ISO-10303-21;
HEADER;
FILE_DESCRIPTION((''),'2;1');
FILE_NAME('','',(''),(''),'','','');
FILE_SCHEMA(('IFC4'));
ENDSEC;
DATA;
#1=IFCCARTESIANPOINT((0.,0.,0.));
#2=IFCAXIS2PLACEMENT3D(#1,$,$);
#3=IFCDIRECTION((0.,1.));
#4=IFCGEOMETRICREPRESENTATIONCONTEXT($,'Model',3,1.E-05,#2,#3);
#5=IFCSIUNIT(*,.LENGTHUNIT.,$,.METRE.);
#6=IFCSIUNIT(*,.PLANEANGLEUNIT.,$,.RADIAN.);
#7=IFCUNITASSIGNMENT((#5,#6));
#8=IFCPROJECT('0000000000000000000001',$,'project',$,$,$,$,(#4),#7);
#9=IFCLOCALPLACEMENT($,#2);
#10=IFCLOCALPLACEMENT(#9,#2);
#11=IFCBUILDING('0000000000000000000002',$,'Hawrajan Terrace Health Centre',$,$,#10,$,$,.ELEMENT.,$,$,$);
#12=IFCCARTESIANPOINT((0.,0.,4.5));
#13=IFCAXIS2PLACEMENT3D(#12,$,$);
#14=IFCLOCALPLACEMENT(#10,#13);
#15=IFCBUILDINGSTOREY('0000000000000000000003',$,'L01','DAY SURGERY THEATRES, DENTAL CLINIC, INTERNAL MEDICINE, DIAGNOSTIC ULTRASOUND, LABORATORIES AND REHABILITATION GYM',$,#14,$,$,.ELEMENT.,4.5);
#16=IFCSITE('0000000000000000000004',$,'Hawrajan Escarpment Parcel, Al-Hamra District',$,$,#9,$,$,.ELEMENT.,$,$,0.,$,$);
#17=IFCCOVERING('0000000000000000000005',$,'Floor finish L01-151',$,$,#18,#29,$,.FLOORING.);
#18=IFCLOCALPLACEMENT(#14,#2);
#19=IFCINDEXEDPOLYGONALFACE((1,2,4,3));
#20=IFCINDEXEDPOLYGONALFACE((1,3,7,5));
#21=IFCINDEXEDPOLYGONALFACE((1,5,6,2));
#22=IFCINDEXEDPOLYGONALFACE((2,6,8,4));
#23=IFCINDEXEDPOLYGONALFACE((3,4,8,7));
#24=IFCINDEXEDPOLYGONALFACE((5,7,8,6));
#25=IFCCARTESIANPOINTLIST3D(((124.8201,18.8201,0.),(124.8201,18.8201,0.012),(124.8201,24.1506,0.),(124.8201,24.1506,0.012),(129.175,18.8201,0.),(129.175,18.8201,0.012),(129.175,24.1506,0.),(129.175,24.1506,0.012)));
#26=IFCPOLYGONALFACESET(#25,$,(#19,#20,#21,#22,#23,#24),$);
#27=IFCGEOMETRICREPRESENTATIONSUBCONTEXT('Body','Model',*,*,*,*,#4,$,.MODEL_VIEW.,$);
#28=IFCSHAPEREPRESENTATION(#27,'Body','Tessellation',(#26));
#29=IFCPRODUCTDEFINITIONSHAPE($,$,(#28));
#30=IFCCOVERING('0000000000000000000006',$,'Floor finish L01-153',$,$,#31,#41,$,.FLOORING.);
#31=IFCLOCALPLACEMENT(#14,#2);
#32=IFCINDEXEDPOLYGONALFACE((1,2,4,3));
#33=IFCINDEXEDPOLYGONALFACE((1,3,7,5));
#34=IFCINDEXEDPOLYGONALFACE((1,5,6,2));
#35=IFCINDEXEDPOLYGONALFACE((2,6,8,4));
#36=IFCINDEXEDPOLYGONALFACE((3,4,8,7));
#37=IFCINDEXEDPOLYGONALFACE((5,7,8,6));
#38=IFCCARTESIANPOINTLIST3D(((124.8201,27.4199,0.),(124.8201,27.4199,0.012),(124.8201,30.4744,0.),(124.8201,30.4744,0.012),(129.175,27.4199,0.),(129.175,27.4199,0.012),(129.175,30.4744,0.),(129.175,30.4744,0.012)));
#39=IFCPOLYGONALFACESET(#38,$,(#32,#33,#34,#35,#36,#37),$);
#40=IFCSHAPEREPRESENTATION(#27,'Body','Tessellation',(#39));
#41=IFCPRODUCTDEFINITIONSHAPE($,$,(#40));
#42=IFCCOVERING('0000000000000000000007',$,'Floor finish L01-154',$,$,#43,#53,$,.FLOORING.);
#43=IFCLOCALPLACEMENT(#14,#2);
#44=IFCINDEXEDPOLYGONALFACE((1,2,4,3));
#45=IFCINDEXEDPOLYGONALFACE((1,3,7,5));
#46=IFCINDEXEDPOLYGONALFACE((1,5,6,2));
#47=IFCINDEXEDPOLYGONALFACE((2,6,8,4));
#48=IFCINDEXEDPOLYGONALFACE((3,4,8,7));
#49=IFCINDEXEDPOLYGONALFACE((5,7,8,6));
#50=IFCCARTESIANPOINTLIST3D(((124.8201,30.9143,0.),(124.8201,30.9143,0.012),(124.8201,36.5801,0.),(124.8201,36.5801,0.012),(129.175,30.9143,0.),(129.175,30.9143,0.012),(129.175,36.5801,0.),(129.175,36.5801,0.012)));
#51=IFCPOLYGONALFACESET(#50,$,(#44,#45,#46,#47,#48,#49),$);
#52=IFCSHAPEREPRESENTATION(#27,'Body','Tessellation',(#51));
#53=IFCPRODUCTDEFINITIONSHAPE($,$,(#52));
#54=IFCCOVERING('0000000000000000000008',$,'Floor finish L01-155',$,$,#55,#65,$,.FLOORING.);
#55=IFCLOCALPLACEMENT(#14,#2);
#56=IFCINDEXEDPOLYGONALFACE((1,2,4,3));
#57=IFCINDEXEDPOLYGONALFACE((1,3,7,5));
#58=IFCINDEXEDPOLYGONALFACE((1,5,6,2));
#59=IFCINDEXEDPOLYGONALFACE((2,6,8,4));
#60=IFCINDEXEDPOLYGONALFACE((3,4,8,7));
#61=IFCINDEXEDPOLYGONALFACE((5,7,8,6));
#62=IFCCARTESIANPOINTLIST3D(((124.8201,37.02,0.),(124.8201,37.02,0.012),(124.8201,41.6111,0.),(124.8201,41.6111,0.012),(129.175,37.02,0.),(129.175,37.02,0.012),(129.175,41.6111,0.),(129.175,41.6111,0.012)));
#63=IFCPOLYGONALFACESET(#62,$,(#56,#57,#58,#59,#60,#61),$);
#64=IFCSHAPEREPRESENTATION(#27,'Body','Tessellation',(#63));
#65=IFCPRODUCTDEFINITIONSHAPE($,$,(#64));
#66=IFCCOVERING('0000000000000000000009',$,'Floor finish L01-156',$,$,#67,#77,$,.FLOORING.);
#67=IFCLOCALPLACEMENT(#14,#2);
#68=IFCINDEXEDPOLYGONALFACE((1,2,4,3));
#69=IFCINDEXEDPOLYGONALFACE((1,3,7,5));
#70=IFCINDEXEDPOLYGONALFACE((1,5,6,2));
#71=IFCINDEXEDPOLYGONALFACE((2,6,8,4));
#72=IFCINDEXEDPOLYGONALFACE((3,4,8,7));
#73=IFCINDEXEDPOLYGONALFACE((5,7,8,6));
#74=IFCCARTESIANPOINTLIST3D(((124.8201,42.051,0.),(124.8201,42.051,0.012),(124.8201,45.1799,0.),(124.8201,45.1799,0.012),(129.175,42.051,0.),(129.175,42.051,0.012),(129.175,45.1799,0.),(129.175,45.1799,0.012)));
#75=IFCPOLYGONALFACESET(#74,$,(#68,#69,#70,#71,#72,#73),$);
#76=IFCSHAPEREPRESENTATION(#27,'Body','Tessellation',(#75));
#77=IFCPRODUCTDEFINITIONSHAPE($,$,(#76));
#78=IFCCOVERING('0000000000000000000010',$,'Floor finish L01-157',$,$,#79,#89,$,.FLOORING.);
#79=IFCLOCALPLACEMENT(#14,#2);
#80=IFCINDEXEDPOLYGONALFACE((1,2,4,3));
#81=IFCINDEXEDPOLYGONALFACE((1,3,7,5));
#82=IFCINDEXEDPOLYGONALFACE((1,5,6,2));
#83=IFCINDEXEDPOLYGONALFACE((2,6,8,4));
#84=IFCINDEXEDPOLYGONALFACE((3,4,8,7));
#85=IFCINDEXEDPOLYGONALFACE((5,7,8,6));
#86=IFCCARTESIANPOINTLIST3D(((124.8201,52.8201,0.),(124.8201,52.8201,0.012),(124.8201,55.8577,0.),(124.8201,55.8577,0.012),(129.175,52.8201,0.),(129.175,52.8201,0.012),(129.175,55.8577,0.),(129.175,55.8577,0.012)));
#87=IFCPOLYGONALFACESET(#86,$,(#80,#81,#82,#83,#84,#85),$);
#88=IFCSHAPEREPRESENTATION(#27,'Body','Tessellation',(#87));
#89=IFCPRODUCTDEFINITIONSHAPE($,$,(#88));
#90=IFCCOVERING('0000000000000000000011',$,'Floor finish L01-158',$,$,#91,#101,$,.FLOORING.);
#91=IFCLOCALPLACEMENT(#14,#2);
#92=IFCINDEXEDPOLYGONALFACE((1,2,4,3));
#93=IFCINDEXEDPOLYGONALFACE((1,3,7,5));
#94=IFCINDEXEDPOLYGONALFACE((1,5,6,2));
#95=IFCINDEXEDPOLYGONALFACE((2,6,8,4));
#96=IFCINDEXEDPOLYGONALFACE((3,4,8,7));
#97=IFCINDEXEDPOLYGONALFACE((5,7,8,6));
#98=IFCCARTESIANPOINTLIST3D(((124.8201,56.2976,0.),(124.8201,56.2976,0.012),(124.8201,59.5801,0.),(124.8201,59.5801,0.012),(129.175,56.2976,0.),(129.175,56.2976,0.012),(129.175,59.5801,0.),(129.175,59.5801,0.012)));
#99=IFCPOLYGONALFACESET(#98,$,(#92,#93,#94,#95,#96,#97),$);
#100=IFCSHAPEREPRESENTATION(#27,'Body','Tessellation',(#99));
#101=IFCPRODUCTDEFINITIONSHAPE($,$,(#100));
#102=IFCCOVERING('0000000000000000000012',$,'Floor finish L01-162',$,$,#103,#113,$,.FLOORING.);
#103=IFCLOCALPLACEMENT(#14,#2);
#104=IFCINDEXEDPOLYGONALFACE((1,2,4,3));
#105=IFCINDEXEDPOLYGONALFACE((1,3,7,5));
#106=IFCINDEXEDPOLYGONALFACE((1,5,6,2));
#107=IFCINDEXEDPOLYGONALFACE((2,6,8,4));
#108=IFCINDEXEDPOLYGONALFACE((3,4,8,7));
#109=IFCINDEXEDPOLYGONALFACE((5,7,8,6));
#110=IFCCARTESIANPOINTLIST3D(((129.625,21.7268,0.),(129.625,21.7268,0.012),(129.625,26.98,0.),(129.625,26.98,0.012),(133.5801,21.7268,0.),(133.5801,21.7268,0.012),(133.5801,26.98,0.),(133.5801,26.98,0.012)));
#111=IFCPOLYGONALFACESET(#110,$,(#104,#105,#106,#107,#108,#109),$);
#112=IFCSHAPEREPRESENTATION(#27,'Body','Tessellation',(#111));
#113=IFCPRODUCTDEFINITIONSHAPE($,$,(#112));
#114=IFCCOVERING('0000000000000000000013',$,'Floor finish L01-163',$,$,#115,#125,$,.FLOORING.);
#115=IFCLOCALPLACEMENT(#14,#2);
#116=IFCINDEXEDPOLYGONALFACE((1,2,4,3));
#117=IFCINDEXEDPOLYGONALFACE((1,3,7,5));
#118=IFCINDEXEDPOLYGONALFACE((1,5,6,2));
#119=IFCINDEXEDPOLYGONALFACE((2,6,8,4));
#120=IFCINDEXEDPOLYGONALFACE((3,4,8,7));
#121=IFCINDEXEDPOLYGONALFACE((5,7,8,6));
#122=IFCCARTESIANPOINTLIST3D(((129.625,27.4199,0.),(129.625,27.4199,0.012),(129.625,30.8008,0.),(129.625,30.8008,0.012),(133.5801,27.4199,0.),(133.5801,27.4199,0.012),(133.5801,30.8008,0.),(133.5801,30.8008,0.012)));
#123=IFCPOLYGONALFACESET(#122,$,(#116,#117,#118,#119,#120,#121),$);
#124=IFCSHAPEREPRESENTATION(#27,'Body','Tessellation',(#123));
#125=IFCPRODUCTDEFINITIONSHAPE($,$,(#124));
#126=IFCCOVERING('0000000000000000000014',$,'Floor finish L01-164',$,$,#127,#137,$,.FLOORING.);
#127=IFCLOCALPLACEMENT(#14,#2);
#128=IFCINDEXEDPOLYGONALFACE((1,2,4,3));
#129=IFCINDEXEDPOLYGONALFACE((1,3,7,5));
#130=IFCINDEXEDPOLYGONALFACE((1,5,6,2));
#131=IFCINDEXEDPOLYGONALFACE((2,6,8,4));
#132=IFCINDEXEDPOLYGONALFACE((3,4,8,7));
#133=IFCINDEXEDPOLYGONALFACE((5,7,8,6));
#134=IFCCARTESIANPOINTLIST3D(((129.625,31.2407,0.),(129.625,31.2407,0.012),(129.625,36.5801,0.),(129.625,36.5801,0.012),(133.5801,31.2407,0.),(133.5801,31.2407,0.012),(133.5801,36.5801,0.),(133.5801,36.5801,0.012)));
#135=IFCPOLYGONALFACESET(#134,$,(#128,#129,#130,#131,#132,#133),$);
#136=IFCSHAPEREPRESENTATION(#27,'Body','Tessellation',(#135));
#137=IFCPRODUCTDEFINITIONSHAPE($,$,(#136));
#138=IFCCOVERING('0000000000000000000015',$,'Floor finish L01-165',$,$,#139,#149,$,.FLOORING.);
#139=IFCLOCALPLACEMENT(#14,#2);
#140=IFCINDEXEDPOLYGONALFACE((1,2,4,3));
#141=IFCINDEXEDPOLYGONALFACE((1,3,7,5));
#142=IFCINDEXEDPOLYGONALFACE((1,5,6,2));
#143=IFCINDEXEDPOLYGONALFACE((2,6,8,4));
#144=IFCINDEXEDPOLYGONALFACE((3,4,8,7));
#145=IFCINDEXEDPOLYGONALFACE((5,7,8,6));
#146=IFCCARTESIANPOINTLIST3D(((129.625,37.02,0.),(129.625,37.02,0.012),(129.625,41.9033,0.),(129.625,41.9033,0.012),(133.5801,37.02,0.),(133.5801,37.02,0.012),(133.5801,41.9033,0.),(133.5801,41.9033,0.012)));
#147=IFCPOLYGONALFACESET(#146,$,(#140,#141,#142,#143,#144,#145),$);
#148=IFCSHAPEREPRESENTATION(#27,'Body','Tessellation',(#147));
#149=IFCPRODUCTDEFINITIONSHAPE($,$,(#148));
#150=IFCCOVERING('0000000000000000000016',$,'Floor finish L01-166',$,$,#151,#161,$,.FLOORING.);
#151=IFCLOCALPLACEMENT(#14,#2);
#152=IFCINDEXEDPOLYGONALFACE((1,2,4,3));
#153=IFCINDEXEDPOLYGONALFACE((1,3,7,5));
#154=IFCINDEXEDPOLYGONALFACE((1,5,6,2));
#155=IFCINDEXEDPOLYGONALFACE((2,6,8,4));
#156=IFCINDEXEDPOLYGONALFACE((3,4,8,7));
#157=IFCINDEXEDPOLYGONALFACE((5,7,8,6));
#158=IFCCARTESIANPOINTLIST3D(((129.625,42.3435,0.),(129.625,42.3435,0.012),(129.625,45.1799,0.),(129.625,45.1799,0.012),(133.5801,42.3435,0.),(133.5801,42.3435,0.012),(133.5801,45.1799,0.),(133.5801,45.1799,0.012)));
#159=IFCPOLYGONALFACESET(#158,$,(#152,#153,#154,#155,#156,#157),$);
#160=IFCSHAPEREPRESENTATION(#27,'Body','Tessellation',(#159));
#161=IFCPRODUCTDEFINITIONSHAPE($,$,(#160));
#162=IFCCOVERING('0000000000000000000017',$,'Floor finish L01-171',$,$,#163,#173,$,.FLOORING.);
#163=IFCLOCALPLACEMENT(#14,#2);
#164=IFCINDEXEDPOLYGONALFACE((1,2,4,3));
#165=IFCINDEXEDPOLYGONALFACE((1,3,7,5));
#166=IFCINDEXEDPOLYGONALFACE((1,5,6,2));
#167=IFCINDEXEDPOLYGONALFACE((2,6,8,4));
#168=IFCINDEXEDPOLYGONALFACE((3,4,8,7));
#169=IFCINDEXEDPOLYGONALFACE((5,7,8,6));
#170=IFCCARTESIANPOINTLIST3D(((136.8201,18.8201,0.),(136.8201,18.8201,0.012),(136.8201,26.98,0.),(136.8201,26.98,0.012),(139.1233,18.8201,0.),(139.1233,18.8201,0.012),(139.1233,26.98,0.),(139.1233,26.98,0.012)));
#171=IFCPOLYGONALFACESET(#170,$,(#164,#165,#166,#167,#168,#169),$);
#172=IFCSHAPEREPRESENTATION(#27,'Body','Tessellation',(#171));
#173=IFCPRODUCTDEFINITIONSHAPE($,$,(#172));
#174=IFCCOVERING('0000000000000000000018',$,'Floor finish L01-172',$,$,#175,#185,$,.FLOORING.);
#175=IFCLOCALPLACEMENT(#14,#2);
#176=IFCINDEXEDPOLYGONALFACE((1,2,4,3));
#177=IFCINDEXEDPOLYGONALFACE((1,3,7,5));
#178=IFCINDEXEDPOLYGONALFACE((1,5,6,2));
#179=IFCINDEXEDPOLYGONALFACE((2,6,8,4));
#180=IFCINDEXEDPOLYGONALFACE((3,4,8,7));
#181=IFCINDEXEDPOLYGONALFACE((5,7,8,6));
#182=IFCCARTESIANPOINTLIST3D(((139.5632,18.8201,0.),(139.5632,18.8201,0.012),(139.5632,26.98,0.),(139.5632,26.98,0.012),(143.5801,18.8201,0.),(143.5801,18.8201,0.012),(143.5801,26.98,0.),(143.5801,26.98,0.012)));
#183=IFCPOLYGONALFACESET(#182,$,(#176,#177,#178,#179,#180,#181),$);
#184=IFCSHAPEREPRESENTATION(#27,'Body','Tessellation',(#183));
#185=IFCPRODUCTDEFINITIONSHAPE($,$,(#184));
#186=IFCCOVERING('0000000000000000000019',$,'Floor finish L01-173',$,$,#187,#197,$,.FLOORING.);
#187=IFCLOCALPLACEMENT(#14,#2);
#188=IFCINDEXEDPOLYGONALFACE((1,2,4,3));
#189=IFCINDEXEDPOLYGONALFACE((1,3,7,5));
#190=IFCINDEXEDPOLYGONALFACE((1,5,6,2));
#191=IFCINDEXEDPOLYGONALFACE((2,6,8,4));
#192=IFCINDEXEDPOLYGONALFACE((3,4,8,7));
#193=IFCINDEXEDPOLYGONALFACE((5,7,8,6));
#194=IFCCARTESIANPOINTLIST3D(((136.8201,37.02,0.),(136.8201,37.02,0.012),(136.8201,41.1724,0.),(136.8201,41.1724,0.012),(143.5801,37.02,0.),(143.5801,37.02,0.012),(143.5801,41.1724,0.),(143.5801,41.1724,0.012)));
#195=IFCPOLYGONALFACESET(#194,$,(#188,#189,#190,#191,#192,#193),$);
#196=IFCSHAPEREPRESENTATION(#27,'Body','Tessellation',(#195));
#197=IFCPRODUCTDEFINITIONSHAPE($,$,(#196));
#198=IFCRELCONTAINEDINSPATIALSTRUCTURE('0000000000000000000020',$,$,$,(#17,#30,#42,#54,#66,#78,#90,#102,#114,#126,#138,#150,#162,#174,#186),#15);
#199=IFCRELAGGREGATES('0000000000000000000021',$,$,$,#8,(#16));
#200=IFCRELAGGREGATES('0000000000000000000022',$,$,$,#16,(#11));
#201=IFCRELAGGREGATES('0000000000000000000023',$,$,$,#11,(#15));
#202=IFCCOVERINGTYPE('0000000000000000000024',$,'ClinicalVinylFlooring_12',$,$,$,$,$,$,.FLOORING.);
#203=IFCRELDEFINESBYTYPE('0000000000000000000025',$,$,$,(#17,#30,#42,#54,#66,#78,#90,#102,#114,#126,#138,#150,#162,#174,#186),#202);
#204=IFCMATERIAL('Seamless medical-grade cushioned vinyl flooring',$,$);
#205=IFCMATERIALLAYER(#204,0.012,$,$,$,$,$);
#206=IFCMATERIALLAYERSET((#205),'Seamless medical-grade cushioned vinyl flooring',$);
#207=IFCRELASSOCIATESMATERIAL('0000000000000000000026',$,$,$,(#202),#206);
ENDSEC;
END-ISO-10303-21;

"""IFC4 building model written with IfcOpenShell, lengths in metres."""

from ifc_helpers import new_model, si_unit, direction, frame, origin, place, context, subcontext, project, spatial, polyline, outline, extrude, material, layer, layer_set, type_object, element, save


model = new_model("IFC4")

# Units and contexts
model_context = context("Model", 3, precision=1e-05, world=origin(), true_north=direction((0.0, 1.0)))
body_context = subcontext(model_context, "Body", "Model", "MODEL_VIEW")
ifc_project = project(units=[si_unit("LENGTHUNIT", "METRE"), si_unit("PLANEANGLEUNIT", "RADIAN")], contexts=[model_context])

# Site, building, storey
site_placement = place(None, origin())
site = spatial("IfcSite", under=ifc_project, at=site_placement, Name="Hawrajan Escarpment Parcel, Al-Hamra District", CompositionType="ELEMENT", RefElevation=0.0)
building_placement = place(site_placement, origin())
building = spatial("IfcBuilding", under=site, at=building_placement, Name="Hawrajan Terrace Health Centre", CompositionType="ELEMENT")
storey_placement = place(building_placement, frame((0.0, 0.0, 4.5)))
storey = spatial("IfcBuildingStorey", under=building, at=storey_placement, Name="L01", Description="DAY SURGERY THEATRES, DENTAL CLINIC, INTERNAL MEDICINE, DIAGNOSTIC ULTRASOUND, LABORATORIES AND REHABILITATION GYM", CompositionType="ELEMENT", Elevation=4.5)

# Coverings
ifc_material = material(Name="Seamless medical-grade cushioned vinyl flooring")
ifc_layer = layer(ifc_material, 0.012)
ifc_layer_set = layer_set([ifc_layer], Name="Seamless medical-grade cushioned vinyl flooring")
covering_type = type_object("IfcCoveringType", Name="ClinicalVinylFlooring_12", PredefinedType="FLOORING", material=ifc_layer_set)
covering_1_placement = place(storey_placement, origin())
element("IfcCovering", 1, at=covering_1_placement, inside=storey, type_object=covering_type, Name="Floor finish L01-151", PredefinedType="FLOORING", context=body_context, shape_type="SweptSolid", body=[
    extrude(outline(polyline([(124.8201, 24.1506), (129.175, 24.1506), (129.175, 18.8201), (124.8201, 18.8201), (124.8201, 24.1506)])), origin(), (0.0, 0.0, 1.0), 0.012),
])
covering_2_placement = place(storey_placement, origin())
element("IfcCovering", 2, at=covering_2_placement, inside=storey, type_object=covering_type, Name="Floor finish L01-153", PredefinedType="FLOORING", context=body_context, shape_type="SweptSolid", body=[
    extrude(outline(polyline([(124.8201, 30.4744), (129.175, 30.4744), (129.175, 27.4199), (124.8201, 27.4199), (124.8201, 30.4744)])), origin(), (0.0, 0.0, 1.0), 0.012),
])
covering_3_placement = place(storey_placement, origin())
element("IfcCovering", 3, at=covering_3_placement, inside=storey, type_object=covering_type, Name="Floor finish L01-154", PredefinedType="FLOORING", context=body_context, shape_type="SweptSolid", body=[
    extrude(outline(polyline([(124.8201, 36.5801), (129.175, 36.5801), (129.175, 30.9143), (124.8201, 30.9143), (124.8201, 36.5801)])), origin(), (0.0, 0.0, 1.0), 0.012),
])
covering_4_placement = place(storey_placement, origin())
element("IfcCovering", 4, at=covering_4_placement, inside=storey, type_object=covering_type, Name="Floor finish L01-155", PredefinedType="FLOORING", context=body_context, shape_type="SweptSolid", body=[
    extrude(outline(polyline([(124.8201, 41.6111), (129.175, 41.6111), (129.175, 37.02), (124.8201, 37.02), (124.8201, 41.6111)])), origin(), (0.0, 0.0, 1.0), 0.012),
])
covering_5_placement = place(storey_placement, origin())
element("IfcCovering", 5, at=covering_5_placement, inside=storey, type_object=covering_type, Name="Floor finish L01-156", PredefinedType="FLOORING", context=body_context, shape_type="SweptSolid", body=[
    extrude(outline(polyline([(124.8201, 45.1799), (129.175, 45.1799), (129.175, 42.051), (124.8201, 42.051), (124.8201, 45.1799)])), origin(), (0.0, 0.0, 1.0), 0.012),
])
covering_6_placement = place(storey_placement, origin())
element("IfcCovering", 6, at=covering_6_placement, inside=storey, type_object=covering_type, Name="Floor finish L01-157", PredefinedType="FLOORING", context=body_context, shape_type="SweptSolid", body=[
    extrude(outline(polyline([(124.8201, 55.8577), (129.175, 55.8577), (129.175, 52.8201), (124.8201, 52.8201), (124.8201, 55.8577)])), origin(), (0.0, 0.0, 1.0), 0.012),
])
covering_7_placement = place(storey_placement, origin())
element("IfcCovering", 7, at=covering_7_placement, inside=storey, type_object=covering_type, Name="Floor finish L01-158", PredefinedType="FLOORING", context=body_context, shape_type="SweptSolid", body=[
    extrude(outline(polyline([(124.8201, 59.5801), (129.175, 59.5801), (129.175, 56.2976), (124.8201, 56.2976), (124.8201, 59.5801)])), origin(), (0.0, 0.0, 1.0), 0.012),
])
covering_8_placement = place(storey_placement, origin())
element("IfcCovering", 8, at=covering_8_placement, inside=storey, type_object=covering_type, Name="Floor finish L01-162", PredefinedType="FLOORING", context=body_context, shape_type="SweptSolid", body=[
    extrude(outline(polyline([(129.625, 26.98), (133.5801, 26.98), (133.5801, 21.7268), (129.625, 21.7268), (129.625, 26.98)])), origin(), (0.0, 0.0, 1.0), 0.012),
])
covering_9_placement = place(storey_placement, origin())
element("IfcCovering", 9, at=covering_9_placement, inside=storey, type_object=covering_type, Name="Floor finish L01-163", PredefinedType="FLOORING", context=body_context, shape_type="SweptSolid", body=[
    extrude(outline(polyline([(129.625, 30.8008), (133.5801, 30.8008), (133.5801, 27.4199), (129.625, 27.4199), (129.625, 30.8008)])), origin(), (0.0, 0.0, 1.0), 0.012),
])
covering_10_placement = place(storey_placement, origin())
element("IfcCovering", 10, at=covering_10_placement, inside=storey, type_object=covering_type, Name="Floor finish L01-164", PredefinedType="FLOORING", context=body_context, shape_type="SweptSolid", body=[
    extrude(outline(polyline([(129.625, 36.5801), (133.5801, 36.5801), (133.5801, 31.2407), (129.625, 31.2407), (129.625, 36.5801)])), origin(), (0.0, 0.0, 1.0), 0.012),
])
covering_11_placement = place(storey_placement, origin())
element("IfcCovering", 11, at=covering_11_placement, inside=storey, type_object=covering_type, Name="Floor finish L01-165", PredefinedType="FLOORING", context=body_context, shape_type="SweptSolid", body=[
    extrude(outline(polyline([(129.625, 41.9033), (133.5801, 41.9033), (133.5801, 37.02), (129.625, 37.02), (129.625, 41.9033)])), origin(), (0.0, 0.0, 1.0), 0.012),
])
covering_12_placement = place(storey_placement, origin())
element("IfcCovering", 12, at=covering_12_placement, inside=storey, type_object=covering_type, Name="Floor finish L01-166", PredefinedType="FLOORING", context=body_context, shape_type="SweptSolid", body=[
    extrude(outline(polyline([(129.625, 45.1799), (133.5801, 45.1799), (133.5801, 42.3435), (129.625, 42.3435), (129.625, 45.1799)])), origin(), (0.0, 0.0, 1.0), 0.012),
])
covering_13_placement = place(storey_placement, origin())
element("IfcCovering", 13, at=covering_13_placement, inside=storey, type_object=covering_type, Name="Floor finish L01-171", PredefinedType="FLOORING", context=body_context, shape_type="SweptSolid", body=[
    extrude(outline(polyline([(136.8201, 26.98), (139.1233, 26.98), (139.1233, 18.8201), (136.8201, 18.8201), (136.8201, 26.98)])), origin(), (0.0, 0.0, 1.0), 0.012),
])
covering_14_placement = place(storey_placement, origin())
element("IfcCovering", 14, at=covering_14_placement, inside=storey, type_object=covering_type, Name="Floor finish L01-172", PredefinedType="FLOORING", context=body_context, shape_type="SweptSolid", body=[
    extrude(outline(polyline([(139.5632, 26.98), (143.5801, 26.98), (143.5801, 18.8201), (139.5632, 18.8201), (139.5632, 26.98)])), origin(), (0.0, 0.0, 1.0), 0.012),
])
covering_15_placement = place(storey_placement, origin())
element("IfcCovering", 15, at=covering_15_placement, inside=storey, type_object=covering_type, Name="Floor finish L01-173", PredefinedType="FLOORING", context=body_context, shape_type="SweptSolid", body=[
    extrude(outline(polyline([(136.8201, 41.1724), (143.5801, 41.1724), (143.5801, 37.02), (136.8201, 37.02), (136.8201, 41.1724)])), origin(), (0.0, 0.0, 1.0), 0.012),
])

save(model, "model.ifc")
